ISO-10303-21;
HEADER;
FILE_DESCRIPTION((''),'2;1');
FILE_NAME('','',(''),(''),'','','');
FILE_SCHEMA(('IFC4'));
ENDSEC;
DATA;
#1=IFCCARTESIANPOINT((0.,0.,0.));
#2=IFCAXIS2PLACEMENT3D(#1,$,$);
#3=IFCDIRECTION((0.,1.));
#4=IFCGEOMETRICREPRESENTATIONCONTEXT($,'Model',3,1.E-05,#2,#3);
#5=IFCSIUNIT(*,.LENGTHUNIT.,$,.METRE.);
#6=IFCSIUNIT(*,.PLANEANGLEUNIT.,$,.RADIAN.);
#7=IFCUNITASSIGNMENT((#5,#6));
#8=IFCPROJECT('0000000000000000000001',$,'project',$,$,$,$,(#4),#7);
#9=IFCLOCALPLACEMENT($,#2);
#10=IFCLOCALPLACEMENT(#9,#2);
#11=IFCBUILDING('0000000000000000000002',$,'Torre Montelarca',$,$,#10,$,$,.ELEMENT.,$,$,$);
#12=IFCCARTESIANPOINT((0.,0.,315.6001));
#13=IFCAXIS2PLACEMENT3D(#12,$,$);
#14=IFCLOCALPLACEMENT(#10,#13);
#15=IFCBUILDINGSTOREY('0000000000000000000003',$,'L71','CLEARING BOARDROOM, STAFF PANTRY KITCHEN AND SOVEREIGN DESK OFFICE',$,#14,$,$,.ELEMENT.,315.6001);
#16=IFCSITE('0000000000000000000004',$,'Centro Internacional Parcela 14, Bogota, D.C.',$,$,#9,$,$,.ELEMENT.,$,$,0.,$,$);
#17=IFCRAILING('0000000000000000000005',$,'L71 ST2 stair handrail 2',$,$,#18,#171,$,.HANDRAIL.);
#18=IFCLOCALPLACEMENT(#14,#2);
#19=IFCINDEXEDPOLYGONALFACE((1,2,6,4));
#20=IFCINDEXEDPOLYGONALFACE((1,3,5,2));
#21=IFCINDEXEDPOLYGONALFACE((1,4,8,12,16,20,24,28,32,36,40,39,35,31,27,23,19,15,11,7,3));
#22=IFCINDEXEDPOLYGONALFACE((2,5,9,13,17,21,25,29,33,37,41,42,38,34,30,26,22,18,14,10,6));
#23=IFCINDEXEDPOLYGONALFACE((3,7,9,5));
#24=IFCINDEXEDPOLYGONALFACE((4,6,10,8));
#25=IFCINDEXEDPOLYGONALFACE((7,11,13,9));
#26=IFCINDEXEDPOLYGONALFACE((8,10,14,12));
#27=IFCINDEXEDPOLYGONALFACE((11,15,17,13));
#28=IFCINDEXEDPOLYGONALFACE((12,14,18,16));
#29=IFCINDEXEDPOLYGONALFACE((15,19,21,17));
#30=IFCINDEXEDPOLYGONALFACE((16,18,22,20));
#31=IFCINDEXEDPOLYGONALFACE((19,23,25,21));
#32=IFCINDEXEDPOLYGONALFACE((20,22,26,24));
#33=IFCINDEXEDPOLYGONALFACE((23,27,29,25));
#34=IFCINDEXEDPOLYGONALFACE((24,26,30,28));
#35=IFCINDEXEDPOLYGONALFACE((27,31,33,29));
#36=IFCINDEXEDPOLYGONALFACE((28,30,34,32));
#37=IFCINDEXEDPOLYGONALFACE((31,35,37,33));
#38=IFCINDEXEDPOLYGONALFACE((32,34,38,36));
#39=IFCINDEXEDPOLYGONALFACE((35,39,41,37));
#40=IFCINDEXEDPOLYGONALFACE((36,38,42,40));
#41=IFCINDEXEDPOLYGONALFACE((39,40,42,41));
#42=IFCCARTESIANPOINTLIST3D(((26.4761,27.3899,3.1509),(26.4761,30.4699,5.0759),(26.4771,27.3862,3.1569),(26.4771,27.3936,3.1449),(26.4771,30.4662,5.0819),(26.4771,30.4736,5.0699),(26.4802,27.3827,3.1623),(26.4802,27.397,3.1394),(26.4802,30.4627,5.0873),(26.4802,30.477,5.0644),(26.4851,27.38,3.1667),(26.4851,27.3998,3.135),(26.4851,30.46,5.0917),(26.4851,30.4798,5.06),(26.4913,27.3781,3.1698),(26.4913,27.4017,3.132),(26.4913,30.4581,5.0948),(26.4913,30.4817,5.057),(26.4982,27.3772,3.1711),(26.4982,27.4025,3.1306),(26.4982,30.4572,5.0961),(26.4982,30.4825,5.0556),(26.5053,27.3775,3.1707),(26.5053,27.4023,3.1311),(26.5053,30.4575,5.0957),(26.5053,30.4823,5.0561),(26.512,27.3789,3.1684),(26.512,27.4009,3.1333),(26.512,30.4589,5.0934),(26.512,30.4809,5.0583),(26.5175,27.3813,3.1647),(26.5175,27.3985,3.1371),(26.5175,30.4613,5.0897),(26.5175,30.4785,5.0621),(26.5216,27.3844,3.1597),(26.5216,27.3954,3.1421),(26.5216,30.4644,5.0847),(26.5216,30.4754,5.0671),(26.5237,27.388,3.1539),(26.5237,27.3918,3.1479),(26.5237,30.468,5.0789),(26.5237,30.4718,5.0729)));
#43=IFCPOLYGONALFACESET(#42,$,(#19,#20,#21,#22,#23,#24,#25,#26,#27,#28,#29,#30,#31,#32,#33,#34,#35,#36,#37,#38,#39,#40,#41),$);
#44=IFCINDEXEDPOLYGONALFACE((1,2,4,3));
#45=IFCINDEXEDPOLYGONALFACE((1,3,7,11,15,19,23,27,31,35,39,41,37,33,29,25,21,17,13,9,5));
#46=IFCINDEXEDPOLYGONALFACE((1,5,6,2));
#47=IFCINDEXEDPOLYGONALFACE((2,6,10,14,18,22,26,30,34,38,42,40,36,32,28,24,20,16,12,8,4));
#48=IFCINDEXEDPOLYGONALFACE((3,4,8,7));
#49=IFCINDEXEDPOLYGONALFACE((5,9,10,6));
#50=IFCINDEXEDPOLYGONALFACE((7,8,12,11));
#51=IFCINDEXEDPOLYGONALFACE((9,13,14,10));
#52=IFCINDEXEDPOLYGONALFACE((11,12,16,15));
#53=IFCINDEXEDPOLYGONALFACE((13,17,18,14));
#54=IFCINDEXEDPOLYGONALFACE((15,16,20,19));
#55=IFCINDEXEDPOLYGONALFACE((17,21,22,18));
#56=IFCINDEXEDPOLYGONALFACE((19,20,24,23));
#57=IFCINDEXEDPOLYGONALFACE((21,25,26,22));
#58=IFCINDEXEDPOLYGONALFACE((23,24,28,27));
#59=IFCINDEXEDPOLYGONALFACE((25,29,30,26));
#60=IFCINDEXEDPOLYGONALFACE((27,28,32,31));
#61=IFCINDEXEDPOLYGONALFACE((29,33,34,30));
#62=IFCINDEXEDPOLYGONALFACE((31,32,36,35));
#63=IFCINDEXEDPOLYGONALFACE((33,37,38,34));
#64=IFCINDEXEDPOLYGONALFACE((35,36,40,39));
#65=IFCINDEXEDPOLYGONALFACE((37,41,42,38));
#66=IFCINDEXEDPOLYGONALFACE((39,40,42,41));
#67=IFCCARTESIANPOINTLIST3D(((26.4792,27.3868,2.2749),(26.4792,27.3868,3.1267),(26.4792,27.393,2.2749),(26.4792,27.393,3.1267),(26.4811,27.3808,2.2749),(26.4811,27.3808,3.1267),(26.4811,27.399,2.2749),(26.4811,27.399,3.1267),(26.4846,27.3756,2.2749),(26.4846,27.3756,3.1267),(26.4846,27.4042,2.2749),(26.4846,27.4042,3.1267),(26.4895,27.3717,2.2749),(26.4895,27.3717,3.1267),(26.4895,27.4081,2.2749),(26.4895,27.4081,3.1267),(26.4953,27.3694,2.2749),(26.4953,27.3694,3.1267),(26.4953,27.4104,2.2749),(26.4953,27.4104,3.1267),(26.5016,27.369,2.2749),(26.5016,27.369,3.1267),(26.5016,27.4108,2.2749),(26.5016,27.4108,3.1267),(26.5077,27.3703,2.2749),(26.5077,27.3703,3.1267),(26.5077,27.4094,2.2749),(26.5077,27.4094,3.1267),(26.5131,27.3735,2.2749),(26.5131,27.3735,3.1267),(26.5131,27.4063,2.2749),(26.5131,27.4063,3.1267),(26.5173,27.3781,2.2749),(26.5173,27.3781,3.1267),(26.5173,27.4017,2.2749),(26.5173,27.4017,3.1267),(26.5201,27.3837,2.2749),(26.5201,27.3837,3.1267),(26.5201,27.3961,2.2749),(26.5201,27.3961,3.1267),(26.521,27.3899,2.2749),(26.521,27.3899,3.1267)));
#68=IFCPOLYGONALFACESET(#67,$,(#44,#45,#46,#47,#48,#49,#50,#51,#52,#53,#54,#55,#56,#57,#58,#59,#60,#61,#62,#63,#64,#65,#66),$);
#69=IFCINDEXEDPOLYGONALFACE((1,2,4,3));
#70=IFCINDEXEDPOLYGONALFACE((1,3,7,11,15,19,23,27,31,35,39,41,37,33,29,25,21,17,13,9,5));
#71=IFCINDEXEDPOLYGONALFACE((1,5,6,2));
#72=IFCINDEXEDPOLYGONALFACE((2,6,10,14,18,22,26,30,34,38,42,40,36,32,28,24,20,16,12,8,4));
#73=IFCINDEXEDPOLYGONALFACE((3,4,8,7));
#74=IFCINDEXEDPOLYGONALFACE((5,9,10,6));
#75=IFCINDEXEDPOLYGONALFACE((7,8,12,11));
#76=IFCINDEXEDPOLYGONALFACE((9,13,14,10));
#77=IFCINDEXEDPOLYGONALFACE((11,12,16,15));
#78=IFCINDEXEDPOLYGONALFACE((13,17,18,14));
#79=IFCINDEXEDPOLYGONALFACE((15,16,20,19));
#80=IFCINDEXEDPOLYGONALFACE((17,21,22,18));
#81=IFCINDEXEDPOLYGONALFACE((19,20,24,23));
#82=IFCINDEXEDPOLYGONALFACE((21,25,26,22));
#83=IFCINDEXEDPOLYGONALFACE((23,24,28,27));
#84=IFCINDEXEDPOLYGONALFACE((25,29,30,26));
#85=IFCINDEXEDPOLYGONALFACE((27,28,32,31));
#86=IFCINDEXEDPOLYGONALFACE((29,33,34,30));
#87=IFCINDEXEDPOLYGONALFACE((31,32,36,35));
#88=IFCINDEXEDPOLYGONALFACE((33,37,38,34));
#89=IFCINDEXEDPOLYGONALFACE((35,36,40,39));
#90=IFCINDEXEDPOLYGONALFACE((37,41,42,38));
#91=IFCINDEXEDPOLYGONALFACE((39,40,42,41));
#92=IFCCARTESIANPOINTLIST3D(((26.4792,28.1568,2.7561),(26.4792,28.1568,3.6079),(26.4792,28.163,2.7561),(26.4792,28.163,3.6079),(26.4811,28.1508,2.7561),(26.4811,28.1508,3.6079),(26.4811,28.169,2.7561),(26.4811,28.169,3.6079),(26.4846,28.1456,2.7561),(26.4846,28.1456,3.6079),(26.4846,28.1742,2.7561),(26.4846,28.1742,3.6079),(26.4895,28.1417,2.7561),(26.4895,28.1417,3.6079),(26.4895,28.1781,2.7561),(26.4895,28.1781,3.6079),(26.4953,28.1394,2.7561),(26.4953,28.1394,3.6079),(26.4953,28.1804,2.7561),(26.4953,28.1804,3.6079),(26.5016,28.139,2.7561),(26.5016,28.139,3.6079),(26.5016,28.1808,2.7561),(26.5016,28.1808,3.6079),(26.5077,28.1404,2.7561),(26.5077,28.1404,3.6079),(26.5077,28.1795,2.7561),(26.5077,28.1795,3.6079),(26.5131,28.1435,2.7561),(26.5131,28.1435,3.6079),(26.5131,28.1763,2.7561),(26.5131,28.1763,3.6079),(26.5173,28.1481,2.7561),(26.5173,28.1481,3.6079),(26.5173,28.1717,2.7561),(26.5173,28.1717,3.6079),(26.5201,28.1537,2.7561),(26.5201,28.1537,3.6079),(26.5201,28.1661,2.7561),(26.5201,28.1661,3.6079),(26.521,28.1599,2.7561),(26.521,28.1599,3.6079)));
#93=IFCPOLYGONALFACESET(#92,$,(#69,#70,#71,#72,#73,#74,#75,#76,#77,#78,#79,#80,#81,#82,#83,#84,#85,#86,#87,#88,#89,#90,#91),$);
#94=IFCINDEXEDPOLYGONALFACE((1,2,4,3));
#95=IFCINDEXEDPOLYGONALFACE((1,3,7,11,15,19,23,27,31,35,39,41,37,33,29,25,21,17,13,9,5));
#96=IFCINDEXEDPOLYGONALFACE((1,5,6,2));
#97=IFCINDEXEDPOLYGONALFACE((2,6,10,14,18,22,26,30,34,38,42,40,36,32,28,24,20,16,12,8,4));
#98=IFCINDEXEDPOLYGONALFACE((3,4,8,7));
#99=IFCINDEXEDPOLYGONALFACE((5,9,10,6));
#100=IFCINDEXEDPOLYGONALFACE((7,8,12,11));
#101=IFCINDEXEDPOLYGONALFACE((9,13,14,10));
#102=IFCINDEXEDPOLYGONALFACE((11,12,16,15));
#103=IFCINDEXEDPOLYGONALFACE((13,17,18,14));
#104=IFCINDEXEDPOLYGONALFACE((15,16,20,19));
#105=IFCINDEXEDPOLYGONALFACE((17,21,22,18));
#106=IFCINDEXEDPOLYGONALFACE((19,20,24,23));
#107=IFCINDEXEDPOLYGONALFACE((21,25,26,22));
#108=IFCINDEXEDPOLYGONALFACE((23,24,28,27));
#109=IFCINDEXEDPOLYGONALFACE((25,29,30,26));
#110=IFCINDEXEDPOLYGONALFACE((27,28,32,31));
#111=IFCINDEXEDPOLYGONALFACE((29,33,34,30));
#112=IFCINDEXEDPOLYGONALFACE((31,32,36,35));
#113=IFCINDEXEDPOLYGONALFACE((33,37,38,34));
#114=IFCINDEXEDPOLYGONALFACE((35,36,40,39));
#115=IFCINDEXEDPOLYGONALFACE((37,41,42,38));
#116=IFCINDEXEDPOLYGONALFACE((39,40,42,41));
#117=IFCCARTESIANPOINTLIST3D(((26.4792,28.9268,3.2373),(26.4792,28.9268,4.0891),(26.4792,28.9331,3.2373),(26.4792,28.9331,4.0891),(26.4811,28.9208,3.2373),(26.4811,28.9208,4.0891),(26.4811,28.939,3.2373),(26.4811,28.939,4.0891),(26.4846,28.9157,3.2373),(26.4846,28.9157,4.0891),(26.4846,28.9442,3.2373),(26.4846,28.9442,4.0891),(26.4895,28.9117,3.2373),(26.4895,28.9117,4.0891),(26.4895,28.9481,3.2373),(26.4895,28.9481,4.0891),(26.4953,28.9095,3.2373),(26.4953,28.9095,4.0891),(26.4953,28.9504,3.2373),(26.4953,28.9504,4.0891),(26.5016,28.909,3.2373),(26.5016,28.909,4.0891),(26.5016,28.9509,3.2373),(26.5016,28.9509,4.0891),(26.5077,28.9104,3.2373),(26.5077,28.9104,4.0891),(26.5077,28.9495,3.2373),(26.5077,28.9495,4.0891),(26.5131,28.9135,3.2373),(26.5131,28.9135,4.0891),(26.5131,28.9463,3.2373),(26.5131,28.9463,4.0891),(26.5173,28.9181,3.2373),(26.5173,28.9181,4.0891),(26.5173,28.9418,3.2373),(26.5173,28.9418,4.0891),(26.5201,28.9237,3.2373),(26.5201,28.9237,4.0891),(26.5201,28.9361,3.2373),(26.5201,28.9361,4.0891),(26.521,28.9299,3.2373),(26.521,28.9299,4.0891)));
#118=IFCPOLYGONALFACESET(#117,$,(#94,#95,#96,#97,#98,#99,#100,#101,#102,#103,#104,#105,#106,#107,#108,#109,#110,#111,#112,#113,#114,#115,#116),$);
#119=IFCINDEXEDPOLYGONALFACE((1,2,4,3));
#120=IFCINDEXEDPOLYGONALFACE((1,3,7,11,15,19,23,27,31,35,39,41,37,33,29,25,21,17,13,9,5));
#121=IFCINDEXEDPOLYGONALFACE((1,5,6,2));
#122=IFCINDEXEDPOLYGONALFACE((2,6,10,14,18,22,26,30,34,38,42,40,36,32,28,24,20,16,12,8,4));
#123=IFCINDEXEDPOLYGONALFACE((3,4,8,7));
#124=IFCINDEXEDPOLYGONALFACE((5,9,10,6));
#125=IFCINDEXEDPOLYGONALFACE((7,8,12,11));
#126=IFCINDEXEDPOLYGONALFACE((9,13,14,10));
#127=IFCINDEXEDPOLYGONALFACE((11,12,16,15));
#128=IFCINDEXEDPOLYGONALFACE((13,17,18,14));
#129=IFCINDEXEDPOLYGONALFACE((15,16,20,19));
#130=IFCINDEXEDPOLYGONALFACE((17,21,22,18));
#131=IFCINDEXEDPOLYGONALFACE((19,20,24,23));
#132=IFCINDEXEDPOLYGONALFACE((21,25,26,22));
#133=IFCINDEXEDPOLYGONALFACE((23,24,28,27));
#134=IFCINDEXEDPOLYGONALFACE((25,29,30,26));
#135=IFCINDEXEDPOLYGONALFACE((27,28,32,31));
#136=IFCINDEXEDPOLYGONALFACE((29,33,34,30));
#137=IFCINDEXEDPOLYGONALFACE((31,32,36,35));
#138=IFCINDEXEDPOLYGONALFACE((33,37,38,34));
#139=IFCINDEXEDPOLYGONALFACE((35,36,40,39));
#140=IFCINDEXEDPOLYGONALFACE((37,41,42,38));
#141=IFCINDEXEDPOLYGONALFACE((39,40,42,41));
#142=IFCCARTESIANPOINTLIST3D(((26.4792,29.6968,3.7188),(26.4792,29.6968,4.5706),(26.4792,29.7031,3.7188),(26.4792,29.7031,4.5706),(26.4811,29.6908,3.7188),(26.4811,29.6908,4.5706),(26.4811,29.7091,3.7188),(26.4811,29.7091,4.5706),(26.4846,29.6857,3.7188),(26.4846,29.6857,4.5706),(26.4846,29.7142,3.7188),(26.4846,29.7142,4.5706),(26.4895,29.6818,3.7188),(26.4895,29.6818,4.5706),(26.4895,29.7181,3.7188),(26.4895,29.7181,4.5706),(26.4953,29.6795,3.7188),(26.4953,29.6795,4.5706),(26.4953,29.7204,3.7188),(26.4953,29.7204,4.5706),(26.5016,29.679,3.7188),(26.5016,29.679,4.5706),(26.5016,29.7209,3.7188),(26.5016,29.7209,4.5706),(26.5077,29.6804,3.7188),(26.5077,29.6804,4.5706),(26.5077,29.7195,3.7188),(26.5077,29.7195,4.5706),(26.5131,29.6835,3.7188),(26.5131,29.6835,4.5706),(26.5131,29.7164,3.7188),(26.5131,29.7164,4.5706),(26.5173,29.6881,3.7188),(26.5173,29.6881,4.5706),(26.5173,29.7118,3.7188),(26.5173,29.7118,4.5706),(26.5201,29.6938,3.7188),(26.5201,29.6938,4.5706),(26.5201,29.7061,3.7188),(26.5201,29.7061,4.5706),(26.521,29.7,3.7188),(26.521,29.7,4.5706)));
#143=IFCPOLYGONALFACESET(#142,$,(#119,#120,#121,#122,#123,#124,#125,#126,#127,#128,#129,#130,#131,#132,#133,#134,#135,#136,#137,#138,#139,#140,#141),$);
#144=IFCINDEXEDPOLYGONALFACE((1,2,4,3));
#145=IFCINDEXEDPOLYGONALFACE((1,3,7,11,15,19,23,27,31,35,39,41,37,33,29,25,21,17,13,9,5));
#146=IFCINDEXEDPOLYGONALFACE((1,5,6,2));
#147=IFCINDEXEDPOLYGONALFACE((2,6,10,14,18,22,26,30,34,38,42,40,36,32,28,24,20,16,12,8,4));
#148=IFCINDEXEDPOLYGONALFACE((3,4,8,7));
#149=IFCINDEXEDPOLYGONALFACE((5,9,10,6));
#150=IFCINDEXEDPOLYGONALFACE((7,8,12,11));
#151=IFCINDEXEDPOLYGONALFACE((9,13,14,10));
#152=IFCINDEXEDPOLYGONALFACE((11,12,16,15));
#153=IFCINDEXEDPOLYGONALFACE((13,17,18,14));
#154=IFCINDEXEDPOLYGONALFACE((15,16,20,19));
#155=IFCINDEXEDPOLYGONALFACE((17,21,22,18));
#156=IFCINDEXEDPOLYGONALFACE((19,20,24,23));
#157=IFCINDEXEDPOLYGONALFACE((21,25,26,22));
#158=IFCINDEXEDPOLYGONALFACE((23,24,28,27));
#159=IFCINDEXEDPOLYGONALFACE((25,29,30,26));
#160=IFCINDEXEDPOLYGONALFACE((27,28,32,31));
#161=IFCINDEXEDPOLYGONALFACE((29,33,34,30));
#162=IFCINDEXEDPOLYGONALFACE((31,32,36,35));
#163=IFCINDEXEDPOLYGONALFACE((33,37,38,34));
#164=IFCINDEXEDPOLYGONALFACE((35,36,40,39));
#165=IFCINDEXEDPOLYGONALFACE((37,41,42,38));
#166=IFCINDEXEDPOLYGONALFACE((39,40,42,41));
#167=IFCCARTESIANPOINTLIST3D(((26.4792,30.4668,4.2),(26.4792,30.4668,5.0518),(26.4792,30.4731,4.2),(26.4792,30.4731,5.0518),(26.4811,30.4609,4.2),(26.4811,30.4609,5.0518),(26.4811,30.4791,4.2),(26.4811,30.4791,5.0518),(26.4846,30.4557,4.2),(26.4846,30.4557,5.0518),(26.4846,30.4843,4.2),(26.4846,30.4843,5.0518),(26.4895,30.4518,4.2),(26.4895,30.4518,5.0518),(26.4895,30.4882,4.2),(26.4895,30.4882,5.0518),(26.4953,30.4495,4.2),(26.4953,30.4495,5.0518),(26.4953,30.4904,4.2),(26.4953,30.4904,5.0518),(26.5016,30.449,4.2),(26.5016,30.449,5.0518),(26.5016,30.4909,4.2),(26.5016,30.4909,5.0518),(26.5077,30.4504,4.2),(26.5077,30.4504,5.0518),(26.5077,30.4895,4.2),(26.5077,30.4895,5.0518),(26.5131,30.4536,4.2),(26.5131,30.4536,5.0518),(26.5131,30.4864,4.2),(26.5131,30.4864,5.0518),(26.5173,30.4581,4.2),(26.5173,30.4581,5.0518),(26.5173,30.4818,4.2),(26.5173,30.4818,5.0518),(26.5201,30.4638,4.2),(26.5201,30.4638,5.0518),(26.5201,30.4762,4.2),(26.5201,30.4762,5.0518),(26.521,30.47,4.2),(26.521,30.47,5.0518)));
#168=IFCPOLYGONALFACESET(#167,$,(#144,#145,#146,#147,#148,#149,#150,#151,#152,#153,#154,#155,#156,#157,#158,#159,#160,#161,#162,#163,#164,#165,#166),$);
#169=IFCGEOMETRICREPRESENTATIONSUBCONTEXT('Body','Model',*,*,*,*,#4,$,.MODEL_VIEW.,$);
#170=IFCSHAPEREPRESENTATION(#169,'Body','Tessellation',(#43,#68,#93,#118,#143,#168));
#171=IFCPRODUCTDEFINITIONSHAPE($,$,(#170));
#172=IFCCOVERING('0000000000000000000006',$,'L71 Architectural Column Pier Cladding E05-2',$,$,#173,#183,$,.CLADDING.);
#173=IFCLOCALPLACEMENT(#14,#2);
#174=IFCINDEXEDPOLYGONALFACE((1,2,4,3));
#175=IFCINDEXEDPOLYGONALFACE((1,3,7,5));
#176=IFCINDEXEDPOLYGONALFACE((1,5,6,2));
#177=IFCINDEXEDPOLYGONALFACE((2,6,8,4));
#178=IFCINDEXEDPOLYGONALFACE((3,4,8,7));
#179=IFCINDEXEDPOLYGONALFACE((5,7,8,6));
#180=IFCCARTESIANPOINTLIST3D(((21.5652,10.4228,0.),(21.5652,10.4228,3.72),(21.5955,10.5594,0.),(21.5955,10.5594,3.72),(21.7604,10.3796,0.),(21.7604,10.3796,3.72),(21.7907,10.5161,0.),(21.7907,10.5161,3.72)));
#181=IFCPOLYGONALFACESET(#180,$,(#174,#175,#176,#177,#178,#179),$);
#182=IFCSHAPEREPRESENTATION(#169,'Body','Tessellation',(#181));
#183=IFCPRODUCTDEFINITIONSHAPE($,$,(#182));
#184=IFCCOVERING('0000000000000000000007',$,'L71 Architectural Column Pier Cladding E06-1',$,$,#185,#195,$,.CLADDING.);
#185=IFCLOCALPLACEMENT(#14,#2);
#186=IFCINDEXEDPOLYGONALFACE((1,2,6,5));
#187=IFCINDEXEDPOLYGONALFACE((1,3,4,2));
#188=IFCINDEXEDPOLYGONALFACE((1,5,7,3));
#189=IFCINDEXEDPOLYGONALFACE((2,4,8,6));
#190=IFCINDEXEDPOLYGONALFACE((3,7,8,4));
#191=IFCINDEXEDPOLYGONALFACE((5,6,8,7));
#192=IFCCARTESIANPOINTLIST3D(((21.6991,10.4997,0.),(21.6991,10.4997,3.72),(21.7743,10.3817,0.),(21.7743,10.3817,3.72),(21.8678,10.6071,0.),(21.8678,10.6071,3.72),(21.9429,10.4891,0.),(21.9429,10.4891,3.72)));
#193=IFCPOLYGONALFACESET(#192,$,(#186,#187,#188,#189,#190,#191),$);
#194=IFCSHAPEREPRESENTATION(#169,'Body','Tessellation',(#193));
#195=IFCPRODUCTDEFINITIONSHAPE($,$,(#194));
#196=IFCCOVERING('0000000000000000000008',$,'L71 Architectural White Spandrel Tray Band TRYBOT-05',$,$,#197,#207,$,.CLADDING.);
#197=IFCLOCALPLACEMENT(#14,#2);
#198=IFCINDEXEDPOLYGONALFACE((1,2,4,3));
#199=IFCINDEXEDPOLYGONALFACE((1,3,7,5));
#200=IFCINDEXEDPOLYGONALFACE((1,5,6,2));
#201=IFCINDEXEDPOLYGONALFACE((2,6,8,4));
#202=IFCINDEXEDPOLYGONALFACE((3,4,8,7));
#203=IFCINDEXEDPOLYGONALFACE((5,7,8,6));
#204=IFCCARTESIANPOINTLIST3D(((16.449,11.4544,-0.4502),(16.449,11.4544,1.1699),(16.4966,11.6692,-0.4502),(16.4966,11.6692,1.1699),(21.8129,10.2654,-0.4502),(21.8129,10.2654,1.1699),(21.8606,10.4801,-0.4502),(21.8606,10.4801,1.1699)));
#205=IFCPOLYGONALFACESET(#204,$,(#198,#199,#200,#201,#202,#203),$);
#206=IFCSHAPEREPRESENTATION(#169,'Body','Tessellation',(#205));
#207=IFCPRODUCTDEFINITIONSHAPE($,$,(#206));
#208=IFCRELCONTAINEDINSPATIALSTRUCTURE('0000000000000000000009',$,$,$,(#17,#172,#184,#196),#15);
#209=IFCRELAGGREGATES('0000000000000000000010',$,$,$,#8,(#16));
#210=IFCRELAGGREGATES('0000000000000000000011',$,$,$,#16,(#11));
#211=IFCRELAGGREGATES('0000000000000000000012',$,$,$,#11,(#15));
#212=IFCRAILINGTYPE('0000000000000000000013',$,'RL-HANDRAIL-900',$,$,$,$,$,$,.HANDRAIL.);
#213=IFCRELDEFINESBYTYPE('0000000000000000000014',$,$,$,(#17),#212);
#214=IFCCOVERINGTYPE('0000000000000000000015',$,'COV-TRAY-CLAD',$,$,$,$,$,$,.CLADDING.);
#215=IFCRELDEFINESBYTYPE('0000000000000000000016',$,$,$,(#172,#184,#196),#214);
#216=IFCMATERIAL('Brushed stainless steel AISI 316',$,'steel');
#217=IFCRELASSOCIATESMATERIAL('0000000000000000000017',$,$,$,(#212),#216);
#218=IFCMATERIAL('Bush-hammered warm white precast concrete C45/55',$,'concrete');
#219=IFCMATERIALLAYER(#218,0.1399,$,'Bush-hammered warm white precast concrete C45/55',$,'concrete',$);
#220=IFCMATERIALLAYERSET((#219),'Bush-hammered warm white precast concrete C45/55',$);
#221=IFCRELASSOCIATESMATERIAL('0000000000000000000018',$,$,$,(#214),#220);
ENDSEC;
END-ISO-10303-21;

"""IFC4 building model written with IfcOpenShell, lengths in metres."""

from ifc_helpers import new_model, si_unit, direction, frame, origin, origin_2d, place, context, subcontext, project, spatial, rectangle, circle, extrude, source, transform, mapped, material, layer, layer_set, type_object, element, save


model = new_model("IFC4")

# Units and contexts
model_context = context("Model", 3, precision=1e-05, world=origin(), true_north=direction((0.0, 1.0)))
body_context = subcontext(model_context, "Body", "Model", "MODEL_VIEW")
ifc_project = project(units=[si_unit("LENGTHUNIT", "METRE"), si_unit("PLANEANGLEUNIT", "RADIAN")], contexts=[model_context])

# Site, building, storey
site_placement = place(None, origin())
site = spatial("IfcSite", under=ifc_project, at=site_placement, Name="Centro Internacional Parcela 14, Bogota, D.C.", CompositionType="ELEMENT", RefElevation=0.0)
building_placement = place(site_placement, origin())
building = spatial("IfcBuilding", under=site, at=building_placement, Name="Torre Montelarca", CompositionType="ELEMENT")
storey_placement = place(building_placement, frame((0.0, 0.0, 315.6001)))
storey = spatial("IfcBuildingStorey", under=building, at=storey_placement, Name="L71", Description="CLEARING BOARDROOM, STAFF PANTRY KITCHEN AND SOVEREIGN DESK OFFICE", CompositionType="ELEMENT", Elevation=315.6001)

# Railing
ifc_material_1 = material(Name="Brushed stainless steel AISI 316", Category="steel")
railing_type_1 = type_object("IfcRailingType", Name="RL-HANDRAIL-900", PredefinedType="HANDRAIL", material=ifc_material_1)
railing_1_placement = place(storey_placement, frame((26.5, 27.3899, 2.2749)))
element("IfcRailing", 1, at=railing_1_placement, inside=storey, type_object=railing_type_1, Name="L71 ST2 stair handrail 2", PredefinedType="HANDRAIL", context=body_context, shape_type="SweptSolid", body=[
    extrude(circle(Radius=0.0239, at=origin_2d()), frame((0.0, 0.0, 0.876), z_axis=(0.0, 0.847998, 0.529999), x_axis=(-1.0, 0.0, 0.0)), (0.0, 0.0, 1.0), 3.6321),
    extrude(circle(Radius=0.021, at=origin_2d()), origin(), (0.0, 0.0, 1.0), 0.8518),
    extrude(circle(Radius=0.021, at=origin_2d()), frame((0.0, 0.77, 0.4812)), (0.0, 0.0, 1.0), 0.8518),
    extrude(circle(Radius=0.021, at=origin_2d()), frame((0.0, 1.54, 0.9624)), (0.0, 0.0, 1.0), 0.8518),
    extrude(circle(Radius=0.021, at=origin_2d()), frame((0.0, 2.3101, 1.4438)), (0.0, 0.0, 1.0), 0.8518),
    extrude(circle(Radius=0.021, at=origin_2d()), frame((0.0, 3.0801, 1.925)), (0.0, 0.0, 1.0), 0.8518),
])

# Coverings
ifc_material_2 = material(Name="Bush-hammered warm white precast concrete C45/55", Category="concrete")
ifc_layer_1 = layer(ifc_material_2, 0.1399, Name="Bush-hammered warm white precast concrete C45/55", Category="concrete")
ifc_layer_set_1 = layer_set([ifc_layer_1], Name="Bush-hammered warm white precast concrete C45/55")
covering_type = type_object("IfcCoveringType", Name="COV-TRAY-CLAD", PredefinedType="CLADDING", material=ifc_layer_set_1)
shared_shape_1 = source(origin(), body_context, "Body", "SweptSolid", [
    extrude(rectangle(XDim=0.2, YDim=0.1399, at=origin_2d()), origin(), (0.0, 0.0, 1.0), 3.72),
])
for number, where, z_axis, x_axis, name in (
    (2, (21.678, 10.4695, 0.0), (0.0, 0.0, 1.0), (0.976299, -0.216426, 0.0), "L71 Architectural Column Pier Cladding E05-2"),
    (3, (21.821, 10.4944, 0.0), (0.0, 0.0, 1.0), (0.843391, 0.537301, 0.0), "L71 Architectural Column Pier Cladding E06-1"),
):
    element("IfcCovering", number, at=place(storey_placement, frame(where, z_axis=z_axis, x_axis=x_axis)), inside=storey, type_object=covering_type, Name=name, PredefinedType="CLADDING", context=body_context, shape_type="MappedRepresentation", body=[
        mapped(shared_shape_1, transform((0.0, 0.0, 0.0), scale=1.0)),
    ])
shared_shape_2 = source(origin(), body_context, "Body", "SweptSolid", [
    extrude(rectangle(XDim=5.4941, YDim=0.22, at=origin_2d()), origin(), (0.0, 0.0, 1.0), 1.6201),
])
covering_placement = place(storey_placement, frame((19.1548, 10.9673, -0.4502), z_axis=(0.0, 0.0, 1.0), x_axis=(0.976299, -0.216428, 0.0)))
element("IfcCovering", 4, at=covering_placement, inside=storey, type_object=covering_type, Name="L71 Architectural White Spandrel Tray Band TRYBOT-05", PredefinedType="CLADDING", context=body_context, shape_type="MappedRepresentation", body=[
    mapped(shared_shape_2, transform((0.0, 0.0, 0.0), scale=1.0)),
])

save(model, "model.ifc")
